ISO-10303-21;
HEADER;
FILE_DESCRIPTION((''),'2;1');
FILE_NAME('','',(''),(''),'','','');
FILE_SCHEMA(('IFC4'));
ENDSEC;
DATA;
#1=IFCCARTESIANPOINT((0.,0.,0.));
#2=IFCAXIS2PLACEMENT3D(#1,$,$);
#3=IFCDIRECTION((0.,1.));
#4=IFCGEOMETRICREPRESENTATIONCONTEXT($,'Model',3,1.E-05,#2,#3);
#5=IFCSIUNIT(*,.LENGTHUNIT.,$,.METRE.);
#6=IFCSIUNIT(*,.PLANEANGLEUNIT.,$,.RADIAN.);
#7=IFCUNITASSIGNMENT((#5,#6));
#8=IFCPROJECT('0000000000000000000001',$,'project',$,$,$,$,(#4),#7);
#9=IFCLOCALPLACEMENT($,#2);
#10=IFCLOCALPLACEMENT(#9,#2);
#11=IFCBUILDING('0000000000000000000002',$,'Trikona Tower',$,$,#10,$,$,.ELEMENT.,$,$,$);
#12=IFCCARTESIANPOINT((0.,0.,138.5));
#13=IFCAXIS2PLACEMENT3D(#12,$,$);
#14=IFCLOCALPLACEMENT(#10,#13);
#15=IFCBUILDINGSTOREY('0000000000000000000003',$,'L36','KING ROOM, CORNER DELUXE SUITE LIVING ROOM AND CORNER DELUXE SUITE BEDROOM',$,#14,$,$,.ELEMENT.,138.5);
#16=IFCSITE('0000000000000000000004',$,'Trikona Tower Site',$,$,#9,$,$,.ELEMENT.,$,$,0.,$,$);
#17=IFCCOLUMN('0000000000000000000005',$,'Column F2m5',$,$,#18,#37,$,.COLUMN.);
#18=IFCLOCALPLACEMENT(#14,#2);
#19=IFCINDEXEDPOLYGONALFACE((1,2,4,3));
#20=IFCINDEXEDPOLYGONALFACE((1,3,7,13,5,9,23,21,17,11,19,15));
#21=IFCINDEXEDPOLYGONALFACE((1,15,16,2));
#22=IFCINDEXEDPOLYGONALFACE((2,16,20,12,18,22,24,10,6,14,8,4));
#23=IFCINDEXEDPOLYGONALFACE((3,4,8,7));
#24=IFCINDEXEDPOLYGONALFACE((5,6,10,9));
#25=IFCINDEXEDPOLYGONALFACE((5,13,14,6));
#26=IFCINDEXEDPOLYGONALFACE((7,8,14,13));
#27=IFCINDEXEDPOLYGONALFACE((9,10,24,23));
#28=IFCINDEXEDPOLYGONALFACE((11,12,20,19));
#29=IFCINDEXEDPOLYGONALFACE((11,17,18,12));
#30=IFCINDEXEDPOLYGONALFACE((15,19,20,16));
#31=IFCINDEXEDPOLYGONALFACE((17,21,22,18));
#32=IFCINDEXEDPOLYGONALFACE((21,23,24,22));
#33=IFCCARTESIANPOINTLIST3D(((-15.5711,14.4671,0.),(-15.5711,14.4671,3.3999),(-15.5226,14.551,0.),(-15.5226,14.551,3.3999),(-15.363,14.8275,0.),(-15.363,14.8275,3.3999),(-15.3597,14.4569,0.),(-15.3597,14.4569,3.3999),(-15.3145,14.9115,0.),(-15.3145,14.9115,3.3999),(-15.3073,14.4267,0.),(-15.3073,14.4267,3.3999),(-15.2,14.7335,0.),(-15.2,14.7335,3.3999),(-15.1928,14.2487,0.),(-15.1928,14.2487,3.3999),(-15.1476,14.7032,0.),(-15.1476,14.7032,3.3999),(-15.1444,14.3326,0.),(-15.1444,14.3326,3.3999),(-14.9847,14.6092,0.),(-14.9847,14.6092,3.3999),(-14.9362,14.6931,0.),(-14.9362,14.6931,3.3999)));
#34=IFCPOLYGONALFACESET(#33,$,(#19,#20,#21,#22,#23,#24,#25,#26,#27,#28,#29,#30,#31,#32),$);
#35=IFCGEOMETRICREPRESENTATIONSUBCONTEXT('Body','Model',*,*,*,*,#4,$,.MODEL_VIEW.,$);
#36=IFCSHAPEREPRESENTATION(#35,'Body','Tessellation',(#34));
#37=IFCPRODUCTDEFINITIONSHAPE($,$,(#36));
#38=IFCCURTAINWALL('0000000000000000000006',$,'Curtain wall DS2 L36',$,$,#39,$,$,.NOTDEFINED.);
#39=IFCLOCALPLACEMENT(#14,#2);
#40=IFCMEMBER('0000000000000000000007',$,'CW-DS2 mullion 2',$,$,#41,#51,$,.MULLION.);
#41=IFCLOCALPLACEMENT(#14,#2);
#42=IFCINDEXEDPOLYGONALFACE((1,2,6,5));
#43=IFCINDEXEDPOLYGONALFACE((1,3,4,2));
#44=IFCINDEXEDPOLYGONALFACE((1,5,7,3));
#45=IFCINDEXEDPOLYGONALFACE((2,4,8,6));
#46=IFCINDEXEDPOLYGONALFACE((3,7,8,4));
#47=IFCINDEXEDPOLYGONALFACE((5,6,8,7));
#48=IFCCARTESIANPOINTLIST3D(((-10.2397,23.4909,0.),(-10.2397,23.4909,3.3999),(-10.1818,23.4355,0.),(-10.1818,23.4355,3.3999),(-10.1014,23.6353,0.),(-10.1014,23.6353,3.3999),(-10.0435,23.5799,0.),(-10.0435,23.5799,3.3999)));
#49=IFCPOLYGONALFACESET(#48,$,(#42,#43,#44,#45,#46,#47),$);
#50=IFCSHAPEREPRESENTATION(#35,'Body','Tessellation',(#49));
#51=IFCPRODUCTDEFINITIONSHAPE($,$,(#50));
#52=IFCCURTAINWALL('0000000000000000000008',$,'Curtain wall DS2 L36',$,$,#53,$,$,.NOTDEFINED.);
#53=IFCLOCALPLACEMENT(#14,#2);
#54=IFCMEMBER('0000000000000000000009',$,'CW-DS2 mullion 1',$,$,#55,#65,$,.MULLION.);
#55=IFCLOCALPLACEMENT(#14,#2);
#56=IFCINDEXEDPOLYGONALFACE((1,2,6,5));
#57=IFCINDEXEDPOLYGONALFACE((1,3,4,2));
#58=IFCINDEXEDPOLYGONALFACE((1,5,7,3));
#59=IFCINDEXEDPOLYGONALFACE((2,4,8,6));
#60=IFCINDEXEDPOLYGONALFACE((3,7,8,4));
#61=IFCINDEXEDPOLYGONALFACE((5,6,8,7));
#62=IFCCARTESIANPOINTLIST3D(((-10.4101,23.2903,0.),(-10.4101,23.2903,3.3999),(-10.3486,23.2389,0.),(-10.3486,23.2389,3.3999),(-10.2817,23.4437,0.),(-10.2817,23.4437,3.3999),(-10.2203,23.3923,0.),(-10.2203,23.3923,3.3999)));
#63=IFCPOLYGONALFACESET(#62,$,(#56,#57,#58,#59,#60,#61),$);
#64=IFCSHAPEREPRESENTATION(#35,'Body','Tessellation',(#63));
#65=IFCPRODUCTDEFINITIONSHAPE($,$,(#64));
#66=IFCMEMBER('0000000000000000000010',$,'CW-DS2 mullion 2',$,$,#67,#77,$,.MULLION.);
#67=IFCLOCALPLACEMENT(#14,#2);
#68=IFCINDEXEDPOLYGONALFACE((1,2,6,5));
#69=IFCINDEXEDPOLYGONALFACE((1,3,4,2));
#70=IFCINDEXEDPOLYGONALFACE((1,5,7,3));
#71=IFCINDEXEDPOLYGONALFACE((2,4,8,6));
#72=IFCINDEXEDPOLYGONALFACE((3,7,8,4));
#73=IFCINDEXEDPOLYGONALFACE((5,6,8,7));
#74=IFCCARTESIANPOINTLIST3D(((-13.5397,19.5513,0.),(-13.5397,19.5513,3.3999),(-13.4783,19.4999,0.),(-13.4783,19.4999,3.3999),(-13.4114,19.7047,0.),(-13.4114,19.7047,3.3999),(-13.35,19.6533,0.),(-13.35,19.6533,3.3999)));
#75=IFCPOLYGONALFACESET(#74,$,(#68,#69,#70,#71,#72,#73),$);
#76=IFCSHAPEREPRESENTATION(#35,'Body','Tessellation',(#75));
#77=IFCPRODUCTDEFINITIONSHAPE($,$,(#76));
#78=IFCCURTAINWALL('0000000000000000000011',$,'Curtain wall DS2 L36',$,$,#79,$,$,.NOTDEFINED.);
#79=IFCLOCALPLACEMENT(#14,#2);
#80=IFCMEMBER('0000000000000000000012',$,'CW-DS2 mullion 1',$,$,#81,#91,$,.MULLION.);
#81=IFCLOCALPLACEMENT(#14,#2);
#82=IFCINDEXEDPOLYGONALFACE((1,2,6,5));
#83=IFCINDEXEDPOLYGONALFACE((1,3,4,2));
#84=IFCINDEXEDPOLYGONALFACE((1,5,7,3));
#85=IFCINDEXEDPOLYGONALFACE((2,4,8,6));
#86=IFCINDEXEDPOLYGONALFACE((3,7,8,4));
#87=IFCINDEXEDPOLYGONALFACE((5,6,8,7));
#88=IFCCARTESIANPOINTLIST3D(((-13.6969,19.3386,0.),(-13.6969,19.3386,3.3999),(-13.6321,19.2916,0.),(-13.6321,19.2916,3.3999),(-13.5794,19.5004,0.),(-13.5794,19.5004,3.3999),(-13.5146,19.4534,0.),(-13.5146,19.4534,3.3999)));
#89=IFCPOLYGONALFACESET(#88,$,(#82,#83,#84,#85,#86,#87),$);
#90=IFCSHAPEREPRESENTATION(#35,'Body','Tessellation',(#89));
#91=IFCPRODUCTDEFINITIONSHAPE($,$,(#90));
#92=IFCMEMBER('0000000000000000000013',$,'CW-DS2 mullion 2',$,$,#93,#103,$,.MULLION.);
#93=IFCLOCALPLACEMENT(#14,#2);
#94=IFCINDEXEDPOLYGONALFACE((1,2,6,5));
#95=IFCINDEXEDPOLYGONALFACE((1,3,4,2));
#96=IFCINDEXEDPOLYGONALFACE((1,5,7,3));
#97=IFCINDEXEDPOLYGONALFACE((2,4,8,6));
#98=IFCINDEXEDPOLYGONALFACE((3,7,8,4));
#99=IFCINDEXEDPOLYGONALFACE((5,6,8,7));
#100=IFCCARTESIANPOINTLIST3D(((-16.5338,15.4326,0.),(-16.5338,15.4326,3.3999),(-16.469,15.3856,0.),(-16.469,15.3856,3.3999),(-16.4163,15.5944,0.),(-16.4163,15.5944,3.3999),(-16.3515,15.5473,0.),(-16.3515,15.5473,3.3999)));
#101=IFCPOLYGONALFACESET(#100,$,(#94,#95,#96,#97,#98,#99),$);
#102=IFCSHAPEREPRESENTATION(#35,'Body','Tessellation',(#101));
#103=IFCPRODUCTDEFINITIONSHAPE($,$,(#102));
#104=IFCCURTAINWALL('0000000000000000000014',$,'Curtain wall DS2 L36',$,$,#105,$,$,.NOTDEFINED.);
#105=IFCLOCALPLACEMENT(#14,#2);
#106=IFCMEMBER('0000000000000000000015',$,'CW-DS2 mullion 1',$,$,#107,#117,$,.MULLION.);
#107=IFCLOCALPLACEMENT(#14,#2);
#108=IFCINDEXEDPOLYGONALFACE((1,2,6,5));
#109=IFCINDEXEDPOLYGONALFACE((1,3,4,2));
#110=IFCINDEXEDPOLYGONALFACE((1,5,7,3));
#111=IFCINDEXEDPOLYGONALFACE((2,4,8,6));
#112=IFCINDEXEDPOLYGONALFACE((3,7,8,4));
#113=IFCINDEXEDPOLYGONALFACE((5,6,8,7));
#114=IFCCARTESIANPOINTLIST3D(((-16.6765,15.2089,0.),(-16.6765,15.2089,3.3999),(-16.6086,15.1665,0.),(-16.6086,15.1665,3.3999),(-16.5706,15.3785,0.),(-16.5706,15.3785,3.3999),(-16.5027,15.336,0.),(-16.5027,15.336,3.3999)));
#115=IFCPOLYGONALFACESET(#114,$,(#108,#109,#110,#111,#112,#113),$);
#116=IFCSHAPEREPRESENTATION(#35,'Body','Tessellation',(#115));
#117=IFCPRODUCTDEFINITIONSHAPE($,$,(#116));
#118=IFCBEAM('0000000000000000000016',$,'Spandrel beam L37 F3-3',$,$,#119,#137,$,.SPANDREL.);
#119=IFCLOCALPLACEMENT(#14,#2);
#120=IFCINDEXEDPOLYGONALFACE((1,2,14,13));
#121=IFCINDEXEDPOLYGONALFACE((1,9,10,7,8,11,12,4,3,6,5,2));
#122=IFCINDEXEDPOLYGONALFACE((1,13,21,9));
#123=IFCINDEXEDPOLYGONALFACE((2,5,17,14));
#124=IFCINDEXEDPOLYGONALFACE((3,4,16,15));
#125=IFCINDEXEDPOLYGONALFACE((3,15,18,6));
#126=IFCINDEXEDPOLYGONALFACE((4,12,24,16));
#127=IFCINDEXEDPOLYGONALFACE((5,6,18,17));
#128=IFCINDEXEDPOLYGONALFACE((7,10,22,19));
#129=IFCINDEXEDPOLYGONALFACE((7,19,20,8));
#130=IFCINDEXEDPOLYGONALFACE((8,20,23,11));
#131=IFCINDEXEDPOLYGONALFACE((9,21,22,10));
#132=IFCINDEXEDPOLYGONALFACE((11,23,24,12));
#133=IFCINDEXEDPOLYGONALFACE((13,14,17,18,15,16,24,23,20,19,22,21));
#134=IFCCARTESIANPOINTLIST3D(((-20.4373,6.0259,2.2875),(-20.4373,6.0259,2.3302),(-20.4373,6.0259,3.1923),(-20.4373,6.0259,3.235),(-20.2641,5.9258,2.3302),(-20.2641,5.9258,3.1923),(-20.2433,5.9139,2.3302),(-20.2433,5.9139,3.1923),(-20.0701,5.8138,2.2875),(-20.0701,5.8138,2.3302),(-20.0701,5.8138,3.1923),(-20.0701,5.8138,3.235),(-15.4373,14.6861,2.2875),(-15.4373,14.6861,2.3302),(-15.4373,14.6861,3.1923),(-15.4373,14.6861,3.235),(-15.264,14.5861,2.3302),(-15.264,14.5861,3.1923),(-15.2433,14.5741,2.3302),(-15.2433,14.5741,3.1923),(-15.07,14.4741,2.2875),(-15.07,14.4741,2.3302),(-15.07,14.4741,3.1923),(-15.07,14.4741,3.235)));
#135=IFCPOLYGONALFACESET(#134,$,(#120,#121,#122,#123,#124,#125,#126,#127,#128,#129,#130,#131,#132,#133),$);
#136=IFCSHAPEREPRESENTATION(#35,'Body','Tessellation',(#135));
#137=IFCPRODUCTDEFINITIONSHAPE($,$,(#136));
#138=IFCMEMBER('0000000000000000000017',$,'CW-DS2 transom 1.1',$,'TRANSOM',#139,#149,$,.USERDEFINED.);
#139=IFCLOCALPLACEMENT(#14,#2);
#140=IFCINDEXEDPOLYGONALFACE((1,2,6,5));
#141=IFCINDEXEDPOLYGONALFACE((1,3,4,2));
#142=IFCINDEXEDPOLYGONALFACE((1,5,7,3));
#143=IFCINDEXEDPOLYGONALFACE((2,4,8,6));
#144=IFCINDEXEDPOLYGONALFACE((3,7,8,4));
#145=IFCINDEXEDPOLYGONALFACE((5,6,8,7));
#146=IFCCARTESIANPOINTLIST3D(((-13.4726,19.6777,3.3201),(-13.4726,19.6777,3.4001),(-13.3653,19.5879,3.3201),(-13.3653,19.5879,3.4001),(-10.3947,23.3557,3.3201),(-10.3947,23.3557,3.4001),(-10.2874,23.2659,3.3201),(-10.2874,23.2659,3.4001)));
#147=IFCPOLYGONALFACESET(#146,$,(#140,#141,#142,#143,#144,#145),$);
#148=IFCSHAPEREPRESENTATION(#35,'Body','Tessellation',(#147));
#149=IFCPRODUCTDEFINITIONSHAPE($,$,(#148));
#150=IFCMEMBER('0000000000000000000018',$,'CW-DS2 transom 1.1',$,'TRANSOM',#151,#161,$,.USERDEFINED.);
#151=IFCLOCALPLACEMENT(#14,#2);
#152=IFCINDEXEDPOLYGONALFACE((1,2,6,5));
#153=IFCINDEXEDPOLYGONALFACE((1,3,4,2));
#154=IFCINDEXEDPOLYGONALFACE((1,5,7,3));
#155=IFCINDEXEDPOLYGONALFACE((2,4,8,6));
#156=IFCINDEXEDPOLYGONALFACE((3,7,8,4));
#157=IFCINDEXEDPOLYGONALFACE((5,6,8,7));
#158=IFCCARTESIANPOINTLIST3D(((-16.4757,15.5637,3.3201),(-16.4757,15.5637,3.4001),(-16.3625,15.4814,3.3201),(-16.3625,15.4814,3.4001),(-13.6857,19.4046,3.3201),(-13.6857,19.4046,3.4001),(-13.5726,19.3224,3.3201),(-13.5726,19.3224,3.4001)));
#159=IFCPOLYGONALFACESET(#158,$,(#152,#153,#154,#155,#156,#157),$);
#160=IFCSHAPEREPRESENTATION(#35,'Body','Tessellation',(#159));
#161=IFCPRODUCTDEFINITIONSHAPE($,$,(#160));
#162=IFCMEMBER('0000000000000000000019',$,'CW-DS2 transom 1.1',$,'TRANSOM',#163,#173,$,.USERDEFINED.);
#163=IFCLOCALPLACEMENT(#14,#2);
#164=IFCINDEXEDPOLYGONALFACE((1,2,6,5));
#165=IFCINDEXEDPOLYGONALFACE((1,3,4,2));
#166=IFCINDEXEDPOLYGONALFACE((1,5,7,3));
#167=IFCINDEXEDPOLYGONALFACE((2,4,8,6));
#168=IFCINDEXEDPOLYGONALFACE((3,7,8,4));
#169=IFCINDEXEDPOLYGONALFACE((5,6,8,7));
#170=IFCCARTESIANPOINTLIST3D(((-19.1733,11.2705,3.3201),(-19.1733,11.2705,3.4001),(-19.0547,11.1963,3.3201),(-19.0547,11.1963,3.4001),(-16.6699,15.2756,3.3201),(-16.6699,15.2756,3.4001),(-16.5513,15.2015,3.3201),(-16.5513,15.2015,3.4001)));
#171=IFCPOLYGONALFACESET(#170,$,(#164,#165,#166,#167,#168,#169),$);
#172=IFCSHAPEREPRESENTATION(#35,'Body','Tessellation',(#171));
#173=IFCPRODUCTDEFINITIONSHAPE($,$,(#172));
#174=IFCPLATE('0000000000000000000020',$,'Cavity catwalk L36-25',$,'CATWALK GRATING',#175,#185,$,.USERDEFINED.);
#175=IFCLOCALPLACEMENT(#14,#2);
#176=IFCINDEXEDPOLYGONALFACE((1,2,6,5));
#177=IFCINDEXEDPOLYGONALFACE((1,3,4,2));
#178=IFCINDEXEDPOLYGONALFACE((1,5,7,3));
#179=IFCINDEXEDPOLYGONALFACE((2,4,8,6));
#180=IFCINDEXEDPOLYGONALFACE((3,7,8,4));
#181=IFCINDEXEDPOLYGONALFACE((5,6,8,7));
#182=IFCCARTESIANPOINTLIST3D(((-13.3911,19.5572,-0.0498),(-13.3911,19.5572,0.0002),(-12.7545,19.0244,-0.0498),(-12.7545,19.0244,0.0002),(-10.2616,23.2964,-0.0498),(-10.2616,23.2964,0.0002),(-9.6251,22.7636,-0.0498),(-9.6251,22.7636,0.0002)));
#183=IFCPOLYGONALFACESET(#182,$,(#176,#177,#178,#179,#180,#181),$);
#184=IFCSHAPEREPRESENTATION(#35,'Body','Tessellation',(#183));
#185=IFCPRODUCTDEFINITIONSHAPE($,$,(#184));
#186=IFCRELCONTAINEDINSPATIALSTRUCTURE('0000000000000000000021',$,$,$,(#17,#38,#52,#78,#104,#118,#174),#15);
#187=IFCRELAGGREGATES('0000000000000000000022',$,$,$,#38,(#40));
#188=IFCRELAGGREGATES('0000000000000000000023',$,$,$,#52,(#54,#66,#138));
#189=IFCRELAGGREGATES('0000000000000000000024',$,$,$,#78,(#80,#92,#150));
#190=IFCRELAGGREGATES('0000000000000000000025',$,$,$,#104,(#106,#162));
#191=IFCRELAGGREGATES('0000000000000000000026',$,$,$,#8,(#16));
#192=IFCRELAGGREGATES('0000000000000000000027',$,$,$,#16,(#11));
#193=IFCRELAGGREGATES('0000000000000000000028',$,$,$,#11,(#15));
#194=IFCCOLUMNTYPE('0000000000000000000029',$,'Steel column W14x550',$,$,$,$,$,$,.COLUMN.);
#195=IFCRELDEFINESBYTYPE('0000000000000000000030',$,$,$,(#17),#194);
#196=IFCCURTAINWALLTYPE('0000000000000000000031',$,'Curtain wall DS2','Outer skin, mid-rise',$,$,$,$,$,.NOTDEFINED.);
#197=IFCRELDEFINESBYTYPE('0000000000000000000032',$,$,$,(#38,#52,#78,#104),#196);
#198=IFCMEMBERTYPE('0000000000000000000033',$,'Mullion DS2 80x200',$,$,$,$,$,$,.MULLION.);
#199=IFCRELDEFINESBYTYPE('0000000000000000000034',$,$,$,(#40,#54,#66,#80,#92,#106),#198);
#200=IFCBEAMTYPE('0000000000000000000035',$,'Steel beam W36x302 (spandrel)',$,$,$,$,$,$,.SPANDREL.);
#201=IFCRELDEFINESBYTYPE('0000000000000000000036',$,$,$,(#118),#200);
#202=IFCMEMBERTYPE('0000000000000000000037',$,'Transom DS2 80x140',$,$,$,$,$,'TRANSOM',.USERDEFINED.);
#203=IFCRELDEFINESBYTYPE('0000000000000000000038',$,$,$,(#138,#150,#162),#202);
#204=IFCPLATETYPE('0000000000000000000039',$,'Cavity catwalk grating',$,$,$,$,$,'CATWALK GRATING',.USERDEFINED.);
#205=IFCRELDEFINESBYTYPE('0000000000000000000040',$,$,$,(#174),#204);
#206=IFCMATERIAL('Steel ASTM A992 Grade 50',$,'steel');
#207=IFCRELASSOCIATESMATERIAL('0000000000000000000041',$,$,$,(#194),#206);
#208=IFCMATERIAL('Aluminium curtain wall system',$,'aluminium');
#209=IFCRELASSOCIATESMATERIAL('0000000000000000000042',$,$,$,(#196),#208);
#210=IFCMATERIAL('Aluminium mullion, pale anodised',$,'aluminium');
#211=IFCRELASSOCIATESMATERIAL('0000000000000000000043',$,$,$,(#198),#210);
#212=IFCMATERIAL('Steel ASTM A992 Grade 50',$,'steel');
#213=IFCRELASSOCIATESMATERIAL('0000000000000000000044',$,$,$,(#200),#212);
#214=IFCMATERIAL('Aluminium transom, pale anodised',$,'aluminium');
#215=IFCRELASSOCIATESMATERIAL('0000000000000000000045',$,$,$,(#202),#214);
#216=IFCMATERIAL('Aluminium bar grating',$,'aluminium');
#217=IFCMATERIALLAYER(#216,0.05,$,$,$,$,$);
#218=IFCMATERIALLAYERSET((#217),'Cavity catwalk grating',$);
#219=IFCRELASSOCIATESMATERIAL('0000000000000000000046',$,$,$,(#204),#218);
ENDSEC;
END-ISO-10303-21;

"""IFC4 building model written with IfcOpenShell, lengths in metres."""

from ifc_helpers import new_model, si_unit, direction, frame, origin, origin_2d, place, context, subcontext, project, spatial, rectangle, i_section, extrude, material, layer, layer_set, material_profile, profile_set, type_object, element, aggregate, save


model = new_model("IFC4")

# Units and contexts
model_context = context("Model", 3, precision=1e-05, world=origin(), true_north=direction((0.0, 1.0)))
body_context = subcontext(model_context, "Body", "Model", "MODEL_VIEW")
ifc_project = project(units=[si_unit("LENGTHUNIT", "METRE"), si_unit("PLANEANGLEUNIT", "RADIAN")], contexts=[model_context])

# Site, building, storey
site_placement = place(None, origin())
site = spatial("IfcSite", under=ifc_project, at=site_placement, Name="Trikona Tower Site", CompositionType="ELEMENT", RefElevation=0.0)
building_placement = place(site_placement, origin())
building = spatial("IfcBuilding", under=site, at=building_placement, Name="Trikona Tower", CompositionType="ELEMENT")
storey_placement = place(building_placement, frame((0.0, 0.0, 138.5)))
storey = spatial("IfcBuildingStorey", under=building, at=storey_placement, Name="L36", Description="KING ROOM, CORNER DELUXE SUITE LIVING ROOM AND CORNER DELUXE SUITE BEDROOM", CompositionType="ELEMENT", Elevation=138.5)

# Column
ifc_material_1 = material(Name="Steel ASTM A992 Grade 50", Category="steel")
ifc_material_profile_1 = material_profile(ifc_material_1, i_section(OverallWidth=0.4368, OverallDepth=0.5132, WebThickness=0.0605, FlangeThickness=0.0969, at=origin_2d()), Name="W14X550")
ifc_profile_set_1 = profile_set([ifc_material_profile_1], Name="Steel ASTM A992 Grade 50")
column_type = type_object("IfcColumnType", Name="Steel column W14x550", PredefinedType="COLUMN", material=ifc_profile_set_1)
column_placement = place(storey_placement, frame((-15.2537, 14.5801, 0.0), z_axis=(0.0, 0.0, 1.0), x_axis=(-0.866025, 0.5, 0.0)))
element("IfcColumn", 1, at=column_placement, inside=storey, type_object=column_type, Name="Column F2m5", PredefinedType="COLUMN", context=body_context, shape_type="SweptSolid", body=[
    extrude(i_section(OverallWidth=0.4368, OverallDepth=0.5132, WebThickness=0.0605, FlangeThickness=0.0969, at=origin_2d()), origin(), (0.0, 0.0, 1.0), 3.3999),
])

# Curtain wall, member
ifc_material_2 = material(Name="Aluminium curtain wall system", Category="aluminium")
curtain_wall_type = type_object("IfcCurtainWallType", Name="Curtain wall DS2", Description="Outer skin, mid-rise", PredefinedType="NOTDEFINED", material=ifc_material_2)
curtain_wall_1_placement = place(storey_placement, origin())
curtain_wall_1 = element("IfcCurtainWall", 2, at=curtain_wall_1_placement, inside=storey, type_object=curtain_wall_type, Name="Curtain wall DS2 L36", PredefinedType="NOTDEFINED")
ifc_material_3 = material(Name="Aluminium mullion, pale anodised", Category="aluminium")
ifc_material_profile_2 = material_profile(ifc_material_3, rectangle(XDim=0.0801, YDim=0.2, at=origin_2d()), Name="MUL-DS2")
ifc_profile_set_2 = profile_set([ifc_material_profile_2], Name="Aluminium mullion, pale anodised")
member_type_1 = type_object("IfcMemberType", Name="Mullion DS2 80x200", PredefinedType="MULLION", material=ifc_profile_set_2)
member_1_placement = place(storey_placement, frame((-10.1416, 23.5354, 0.0), z_axis=(0.0, 0.0, 1.0), x_axis=(0.722158, -0.691728, 0.0)))
member_1 = element("IfcMember", 3, at=member_1_placement, type_object=member_type_1, Name="CW-DS2 mullion 2", PredefinedType="MULLION", context=body_context, shape_type="SweptSolid", body=[
    extrude(rectangle(XDim=0.0801, YDim=0.2, at=origin_2d()), origin(), (0.0, 0.0, 1.0), 3.3999),
])
aggregate(curtain_wall_1, [member_1])

# Curtain walls, members
curtain_wall_2_placement = place(storey_placement, origin())
curtain_wall_2 = element("IfcCurtainWall", 4, at=curtain_wall_2_placement, inside=storey, type_object=curtain_wall_type, Name="Curtain wall DS2 L36", PredefinedType="NOTDEFINED")
member_2_placement = place(storey_placement, frame((-10.3152, 23.3413, 0.0), z_axis=(0.0, 0.0, 1.0), x_axis=(0.766867, -0.641806, 0.0)))
member_2 = element("IfcMember", 5, at=member_2_placement, type_object=member_type_1, Name="CW-DS2 mullion 1", PredefinedType="MULLION", context=body_context, shape_type="SweptSolid", body=[
    extrude(rectangle(XDim=0.0801, YDim=0.2, at=origin_2d()), origin(), (0.0, 0.0, 1.0), 3.3999),
])
member_3_placement = place(storey_placement, frame((-13.4448, 19.6023, 0.0), z_axis=(0.0, 0.0, 1.0), x_axis=(0.766867, -0.641806, 0.0)))
member_3 = element("IfcMember", 6, at=member_3_placement, type_object=member_type_1, Name="CW-DS2 mullion 2", PredefinedType="MULLION", context=body_context, shape_type="SweptSolid", body=[
    extrude(rectangle(XDim=0.0801, YDim=0.2, at=origin_2d()), origin(), (0.0, 0.0, 1.0), 3.3999),
])
curtain_wall_3_placement = place(storey_placement, origin())
curtain_wall_3 = element("IfcCurtainWall", 7, at=curtain_wall_3_placement, inside=storey, type_object=curtain_wall_type, Name="Curtain wall DS2 L36", PredefinedType="NOTDEFINED")
member_4_placement = place(storey_placement, frame((-13.6057, 19.396, 0.0), z_axis=(0.0, 0.0, 1.0), x_axis=(0.809086, -0.587691, 0.0)))
member_4 = element("IfcMember", 8, at=member_4_placement, type_object=member_type_1, Name="CW-DS2 mullion 1", PredefinedType="MULLION", context=body_context, shape_type="SweptSolid", body=[
    extrude(rectangle(XDim=0.0801, YDim=0.2, at=origin_2d()), origin(), (0.0, 0.0, 1.0), 3.3999),
])
member_5_placement = place(storey_placement, frame((-16.4426, 15.49, 0.0), z_axis=(0.0, 0.0, 1.0), x_axis=(0.809086, -0.587691, 0.0)))
member_5 = element("IfcMember", 9, at=member_5_placement, type_object=member_type_1, Name="CW-DS2 mullion 2", PredefinedType="MULLION", context=body_context, shape_type="SweptSolid", body=[
    extrude(rectangle(XDim=0.0801, YDim=0.2, at=origin_2d()), origin(), (0.0, 0.0, 1.0), 3.3999),
])

# Curtain wall, member
curtain_wall_4_placement = place(storey_placement, origin())
curtain_wall_4 = element("IfcCurtainWall", 10, at=curtain_wall_4_placement, inside=storey, type_object=curtain_wall_type, Name="Curtain wall DS2 L36", PredefinedType="NOTDEFINED")
member_6_placement = place(storey_placement, frame((-16.5896, 15.2725, 0.0), z_axis=(0.0, 0.0, 1.0), x_axis=(0.847998, -0.529999, 0.0)))
member_6 = element("IfcMember", 11, at=member_6_placement, type_object=member_type_1, Name="CW-DS2 mullion 1", PredefinedType="MULLION", context=body_context, shape_type="SweptSolid", body=[
    extrude(rectangle(XDim=0.0801, YDim=0.2, at=origin_2d()), origin(), (0.0, 0.0, 1.0), 3.3999),
])

# Beam
ifc_material_4 = material(Name="Steel ASTM A992 Grade 50", Category="steel")
ifc_material_profile_3 = material_profile(ifc_material_4, i_section(OverallWidth=0.4241, OverallDepth=0.9475, WebThickness=0.0239, FlangeThickness=0.0427, at=origin_2d()), Name="W36X302")
ifc_profile_set_3 = profile_set([ifc_material_profile_3], Name="Steel ASTM A992 Grade 50")
beam_type = type_object("IfcBeamType", Name="Steel beam W36x302 (spandrel)", PredefinedType="SPANDREL", material=ifc_profile_set_3)
beam_placement = place(storey_placement, frame((-15.2537, 14.5801, 2.7612), z_axis=(-0.500004, -0.866023, 0.0), x_axis=(0.866023, -0.500004, 0.0)))
element("IfcBeam", 12, at=beam_placement, inside=storey, type_object=beam_type, Name="Spandrel beam L37 F3-3", PredefinedType="SPANDREL", context=body_context, shape_type="SweptSolid", body=[
    extrude(i_section(OverallWidth=0.4241, OverallDepth=0.9475, WebThickness=0.0239, FlangeThickness=0.0427, at=origin_2d()), origin(), (0.0, 0.0, 1.0), 10.0),
])

# Members
ifc_material_5 = material(Name="Aluminium transom, pale anodised", Category="aluminium")
ifc_material_profile_4 = material_profile(ifc_material_5, rectangle(XDim=0.1399, YDim=0.0801, at=origin_2d()), Name="TRN-DS2")
ifc_profile_set_4 = profile_set([ifc_material_profile_4], Name="Aluminium transom, pale anodised")
member_type_2 = type_object("IfcMemberType", Name="Transom DS2 80x140", ElementType="TRANSOM", PredefinedType="USERDEFINED", material=ifc_profile_set_4)
member_7_placement = place(storey_placement, frame((-10.3411, 23.3108, 3.3601), z_axis=(-0.64177, -0.766897, 0.0), x_axis=(0.766897, -0.64177, 0.0)))
member_7 = element("IfcMember", 13, at=member_7_placement, type_object=member_type_2, Name="CW-DS2 transom 1.1", ObjectType="TRANSOM", PredefinedType="USERDEFINED", context=body_context, shape_type="SweptSolid", body=[
    extrude(rectangle(XDim=0.1399, YDim=0.0801, at=origin_2d()), origin(), (0.0, 0.0, 1.0), 4.7959),
])
member_8_placement = place(storey_placement, frame((-13.6292, 19.3635, 3.3601), z_axis=(-0.587695, -0.809083, 0.0), x_axis=(0.809083, -0.587695, 0.0)))
member_8 = element("IfcMember", 14, at=member_8_placement, type_object=member_type_2, Name="CW-DS2 transom 1.1", ObjectType="TRANSOM", PredefinedType="USERDEFINED", context=body_context, shape_type="SweptSolid", body=[
    extrude(rectangle(XDim=0.1399, YDim=0.0801, at=origin_2d()), origin(), (0.0, 0.0, 1.0), 4.7473),
])
member_9_placement = place(storey_placement, frame((-16.6106, 15.2385, 3.3601), z_axis=(-0.530031, -0.847978, 0.0), x_axis=(0.847978, -0.530031, 0.0)))
member_9 = element("IfcMember", 15, at=member_9_placement, type_object=member_type_2, Name="CW-DS2 transom 1.1", ObjectType="TRANSOM", PredefinedType="USERDEFINED", context=body_context, shape_type="SweptSolid", body=[
    extrude(rectangle(XDim=0.1399, YDim=0.0801, at=origin_2d()), origin(), (0.0, 0.0, 1.0), 4.7231),
])

# Plate
ifc_material_6 = material(Name="Aluminium bar grating", Category="aluminium")
ifc_layer_1 = layer(ifc_material_6, 0.05)
ifc_layer_set_1 = layer_set([ifc_layer_1], Name="Cavity catwalk grating")
plate_type_1 = type_object("IfcPlateType", Name="Cavity catwalk grating", ElementType="CATWALK GRATING", PredefinedType="USERDEFINED", material=ifc_layer_set_1)
plate_1_placement = place(storey_placement, frame((-11.5081, 21.1604, -0.0498), z_axis=(0.0, 0.0, 1.0), x_axis=(-0.641807, -0.766866, 0.0)))
element("IfcPlate", 16, at=plate_1_placement, inside=storey, type_object=plate_type_1, Name="Cavity catwalk L36-25", ObjectType="CATWALK GRATING", PredefinedType="USERDEFINED", context=body_context, shape_type="SweptSolid", body=[
    extrude(rectangle(XDim=4.876, YDim=0.8301, at=origin_2d()), origin(), (0.0, 0.0, 1.0), 0.05),
])

aggregate(curtain_wall_2, [member_2, member_3, member_7])
aggregate(curtain_wall_3, [member_4, member_5, member_8])
aggregate(curtain_wall_4, [member_6, member_9])

save(model, "model.ifc")
